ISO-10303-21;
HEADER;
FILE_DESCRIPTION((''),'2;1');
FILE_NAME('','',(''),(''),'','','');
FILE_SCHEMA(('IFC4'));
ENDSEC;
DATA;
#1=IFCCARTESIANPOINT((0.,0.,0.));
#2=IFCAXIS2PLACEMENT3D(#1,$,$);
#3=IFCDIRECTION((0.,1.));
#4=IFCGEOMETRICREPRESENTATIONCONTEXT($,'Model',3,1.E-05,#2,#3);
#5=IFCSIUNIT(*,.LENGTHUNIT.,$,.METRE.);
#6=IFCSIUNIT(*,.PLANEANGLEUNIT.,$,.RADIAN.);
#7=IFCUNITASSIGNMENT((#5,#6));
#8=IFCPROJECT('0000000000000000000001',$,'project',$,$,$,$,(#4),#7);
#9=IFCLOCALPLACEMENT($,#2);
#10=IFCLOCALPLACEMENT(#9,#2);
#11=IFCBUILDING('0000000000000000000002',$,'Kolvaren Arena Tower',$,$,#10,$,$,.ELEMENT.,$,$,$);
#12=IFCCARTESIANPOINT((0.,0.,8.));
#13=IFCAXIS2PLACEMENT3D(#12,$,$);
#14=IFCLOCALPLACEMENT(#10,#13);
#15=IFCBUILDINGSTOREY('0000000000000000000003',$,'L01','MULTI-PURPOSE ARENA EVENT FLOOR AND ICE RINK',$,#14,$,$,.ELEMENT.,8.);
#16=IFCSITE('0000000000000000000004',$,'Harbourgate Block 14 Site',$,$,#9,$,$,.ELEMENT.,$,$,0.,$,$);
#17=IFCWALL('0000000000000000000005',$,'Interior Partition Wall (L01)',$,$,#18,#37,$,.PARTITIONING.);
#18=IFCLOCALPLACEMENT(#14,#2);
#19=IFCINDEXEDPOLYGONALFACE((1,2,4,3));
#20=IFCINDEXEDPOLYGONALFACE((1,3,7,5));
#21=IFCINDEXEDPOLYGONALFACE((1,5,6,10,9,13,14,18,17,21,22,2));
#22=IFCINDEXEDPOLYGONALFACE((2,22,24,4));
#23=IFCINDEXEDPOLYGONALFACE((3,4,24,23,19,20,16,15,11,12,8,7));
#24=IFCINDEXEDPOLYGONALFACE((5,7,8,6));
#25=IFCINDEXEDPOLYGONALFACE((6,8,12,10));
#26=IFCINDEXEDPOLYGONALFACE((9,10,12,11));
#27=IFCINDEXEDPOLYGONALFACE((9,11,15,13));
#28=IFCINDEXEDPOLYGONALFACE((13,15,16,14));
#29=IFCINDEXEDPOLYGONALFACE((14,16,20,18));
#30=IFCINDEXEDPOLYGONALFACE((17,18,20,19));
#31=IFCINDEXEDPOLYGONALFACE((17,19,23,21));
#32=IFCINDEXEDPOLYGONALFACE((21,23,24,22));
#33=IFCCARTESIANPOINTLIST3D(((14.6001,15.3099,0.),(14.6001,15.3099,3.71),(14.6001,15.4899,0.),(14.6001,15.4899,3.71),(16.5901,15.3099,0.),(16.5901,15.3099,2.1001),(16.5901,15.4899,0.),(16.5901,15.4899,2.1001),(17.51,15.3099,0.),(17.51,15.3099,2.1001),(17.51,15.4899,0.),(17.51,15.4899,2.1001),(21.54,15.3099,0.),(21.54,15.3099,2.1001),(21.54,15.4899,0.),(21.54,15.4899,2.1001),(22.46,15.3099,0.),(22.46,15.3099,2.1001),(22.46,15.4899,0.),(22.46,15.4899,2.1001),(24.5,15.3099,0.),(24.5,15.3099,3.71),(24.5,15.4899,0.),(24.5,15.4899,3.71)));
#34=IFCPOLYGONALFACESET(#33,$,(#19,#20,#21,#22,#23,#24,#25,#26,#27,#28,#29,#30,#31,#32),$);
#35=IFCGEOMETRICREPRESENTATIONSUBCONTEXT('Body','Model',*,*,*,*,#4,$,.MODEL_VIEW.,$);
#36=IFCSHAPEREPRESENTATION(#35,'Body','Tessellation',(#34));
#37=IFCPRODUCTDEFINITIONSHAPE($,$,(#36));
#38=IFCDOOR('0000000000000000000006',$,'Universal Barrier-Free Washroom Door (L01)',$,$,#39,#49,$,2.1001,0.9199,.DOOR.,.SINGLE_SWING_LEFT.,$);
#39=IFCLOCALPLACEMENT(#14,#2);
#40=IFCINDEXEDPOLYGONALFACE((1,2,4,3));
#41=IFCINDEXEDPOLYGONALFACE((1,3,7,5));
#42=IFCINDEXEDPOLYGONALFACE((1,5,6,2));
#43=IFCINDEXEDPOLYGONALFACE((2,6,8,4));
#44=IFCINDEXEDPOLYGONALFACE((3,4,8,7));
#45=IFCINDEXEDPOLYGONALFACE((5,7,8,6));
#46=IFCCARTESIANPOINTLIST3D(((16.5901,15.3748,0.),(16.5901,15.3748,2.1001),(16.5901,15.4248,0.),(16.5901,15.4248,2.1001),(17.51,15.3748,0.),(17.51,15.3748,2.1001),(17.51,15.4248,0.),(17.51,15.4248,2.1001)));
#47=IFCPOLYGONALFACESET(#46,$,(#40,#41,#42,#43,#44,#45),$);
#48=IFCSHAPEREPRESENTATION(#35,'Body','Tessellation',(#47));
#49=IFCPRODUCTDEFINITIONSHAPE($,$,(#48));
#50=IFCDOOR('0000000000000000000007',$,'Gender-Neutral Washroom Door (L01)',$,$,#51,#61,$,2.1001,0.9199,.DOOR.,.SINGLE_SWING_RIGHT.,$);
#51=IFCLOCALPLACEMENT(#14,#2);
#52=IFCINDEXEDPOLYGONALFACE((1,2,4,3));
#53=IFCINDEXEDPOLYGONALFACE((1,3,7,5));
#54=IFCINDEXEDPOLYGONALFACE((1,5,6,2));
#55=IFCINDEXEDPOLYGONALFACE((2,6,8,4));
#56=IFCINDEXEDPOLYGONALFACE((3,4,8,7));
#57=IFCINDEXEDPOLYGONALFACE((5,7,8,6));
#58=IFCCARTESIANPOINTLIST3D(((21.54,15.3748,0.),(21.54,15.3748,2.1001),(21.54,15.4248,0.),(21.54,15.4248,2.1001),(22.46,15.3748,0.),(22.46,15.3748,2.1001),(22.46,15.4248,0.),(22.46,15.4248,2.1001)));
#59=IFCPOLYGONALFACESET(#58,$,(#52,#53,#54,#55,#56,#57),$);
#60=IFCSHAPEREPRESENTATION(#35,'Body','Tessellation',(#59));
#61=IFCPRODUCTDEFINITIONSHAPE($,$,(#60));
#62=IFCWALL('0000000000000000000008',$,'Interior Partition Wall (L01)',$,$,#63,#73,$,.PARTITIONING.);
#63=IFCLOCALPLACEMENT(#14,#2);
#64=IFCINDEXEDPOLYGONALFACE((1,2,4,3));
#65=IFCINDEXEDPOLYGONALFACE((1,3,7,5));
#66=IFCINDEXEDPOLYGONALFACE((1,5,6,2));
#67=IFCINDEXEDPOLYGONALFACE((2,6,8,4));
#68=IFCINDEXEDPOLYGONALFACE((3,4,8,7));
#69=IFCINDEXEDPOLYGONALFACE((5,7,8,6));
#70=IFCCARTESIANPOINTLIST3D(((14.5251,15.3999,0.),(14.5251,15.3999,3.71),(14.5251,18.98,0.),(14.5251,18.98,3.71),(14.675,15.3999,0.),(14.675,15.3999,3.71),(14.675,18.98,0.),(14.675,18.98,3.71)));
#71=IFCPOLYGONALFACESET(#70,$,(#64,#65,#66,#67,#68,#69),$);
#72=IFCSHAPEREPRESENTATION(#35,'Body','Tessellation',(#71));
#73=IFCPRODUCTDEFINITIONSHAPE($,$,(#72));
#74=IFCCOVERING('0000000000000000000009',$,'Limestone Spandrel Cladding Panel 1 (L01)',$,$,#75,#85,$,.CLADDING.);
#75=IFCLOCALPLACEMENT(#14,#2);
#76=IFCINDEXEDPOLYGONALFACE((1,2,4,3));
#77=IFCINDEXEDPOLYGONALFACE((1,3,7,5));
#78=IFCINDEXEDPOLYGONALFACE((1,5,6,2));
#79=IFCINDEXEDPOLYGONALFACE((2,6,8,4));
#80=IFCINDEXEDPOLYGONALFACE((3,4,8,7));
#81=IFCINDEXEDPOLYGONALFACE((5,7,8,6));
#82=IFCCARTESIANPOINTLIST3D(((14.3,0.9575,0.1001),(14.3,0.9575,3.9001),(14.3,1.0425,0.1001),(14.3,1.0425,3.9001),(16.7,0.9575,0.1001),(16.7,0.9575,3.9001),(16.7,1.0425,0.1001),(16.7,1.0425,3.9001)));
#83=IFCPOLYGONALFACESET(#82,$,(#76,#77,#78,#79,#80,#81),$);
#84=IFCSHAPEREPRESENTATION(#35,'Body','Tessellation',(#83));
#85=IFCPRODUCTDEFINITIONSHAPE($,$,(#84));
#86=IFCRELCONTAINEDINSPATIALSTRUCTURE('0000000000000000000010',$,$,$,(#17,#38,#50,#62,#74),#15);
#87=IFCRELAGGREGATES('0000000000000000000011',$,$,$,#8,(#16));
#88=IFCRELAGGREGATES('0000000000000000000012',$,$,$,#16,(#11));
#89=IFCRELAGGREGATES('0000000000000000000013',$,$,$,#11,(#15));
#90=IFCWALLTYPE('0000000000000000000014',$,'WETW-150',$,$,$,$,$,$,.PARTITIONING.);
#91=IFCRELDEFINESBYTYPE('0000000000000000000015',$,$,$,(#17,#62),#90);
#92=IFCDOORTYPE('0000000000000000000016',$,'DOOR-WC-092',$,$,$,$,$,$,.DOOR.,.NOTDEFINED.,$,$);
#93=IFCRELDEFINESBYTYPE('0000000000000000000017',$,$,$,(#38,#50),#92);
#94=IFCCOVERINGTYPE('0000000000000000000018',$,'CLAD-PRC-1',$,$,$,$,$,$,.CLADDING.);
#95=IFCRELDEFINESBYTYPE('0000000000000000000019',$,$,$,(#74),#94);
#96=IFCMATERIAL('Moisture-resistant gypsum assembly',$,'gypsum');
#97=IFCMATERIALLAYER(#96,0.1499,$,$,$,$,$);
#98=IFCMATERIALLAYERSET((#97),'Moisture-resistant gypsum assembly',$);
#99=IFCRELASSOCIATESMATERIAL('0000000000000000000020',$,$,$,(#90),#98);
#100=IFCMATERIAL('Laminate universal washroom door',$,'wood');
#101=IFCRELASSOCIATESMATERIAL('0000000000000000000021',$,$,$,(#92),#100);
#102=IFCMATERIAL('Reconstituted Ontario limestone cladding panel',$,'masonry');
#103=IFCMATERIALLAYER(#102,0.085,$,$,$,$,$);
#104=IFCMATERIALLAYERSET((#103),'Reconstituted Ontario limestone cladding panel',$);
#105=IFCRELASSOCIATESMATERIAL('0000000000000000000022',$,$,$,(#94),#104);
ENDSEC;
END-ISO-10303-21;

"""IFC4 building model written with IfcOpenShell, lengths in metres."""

from ifc_helpers import new_model, si_unit, direction, frame, frame_2d, origin, origin_2d, place, context, subcontext, project, spatial, rectangle, extrude, material, layer, layer_set, type_object, element, fill, save


model = new_model("IFC4")

# Units and contexts
model_context = context("Model", 3, precision=1e-05, world=origin(), true_north=direction((0.0, 1.0)))
body_context = subcontext(model_context, "Body", "Model", "MODEL_VIEW")
ifc_project = project(units=[si_unit("LENGTHUNIT", "METRE"), si_unit("PLANEANGLEUNIT", "RADIAN")], contexts=[model_context])

# Site, building, storey
site_placement = place(None, origin())
site = spatial("IfcSite", under=ifc_project, at=site_placement, Name="Harbourgate Block 14 Site", CompositionType="ELEMENT", RefElevation=0.0)
building_placement = place(site_placement, origin())
building = spatial("IfcBuilding", under=site, at=building_placement, Name="Kolvaren Arena Tower", CompositionType="ELEMENT")
storey_placement = place(building_placement, frame((0.0, 0.0, 8.0)))
storey = spatial("IfcBuildingStorey", under=building, at=storey_placement, Name="L01", Description="MULTI-PURPOSE ARENA EVENT FLOOR AND ICE RINK", CompositionType="ELEMENT", Elevation=8.0)

# Shared definitions
ifc_material_1 = material(Name="Moisture-resistant gypsum assembly", Category="gypsum")
ifc_layer_1 = layer(ifc_material_1, 0.1499)
ifc_layer_set_1 = layer_set([ifc_layer_1], Name="Moisture-resistant gypsum assembly")
wall_type_1 = type_object("IfcWallType", Name="WETW-150", PredefinedType="PARTITIONING", material=ifc_layer_set_1)

# Wall, openings, doors
wall_1_placement = place(storey_placement, frame((14.6001, 15.3999, 0.0), z_axis=(0.0, 0.0, 1.0), x_axis=(1.0, 0.0, 0.0)))
wall_1 = element("IfcWall", 1, at=wall_1_placement, inside=storey, type_object=wall_type_1, Name="Interior Partition Wall (L01)", PredefinedType="PARTITIONING", context=body_context, shape_type="SweptSolid", body=[
    extrude(rectangle(XDim=9.8999, YDim=0.1799, at=frame_2d((4.95, 0.0))), origin(), (0.0, 0.0, 1.0), 3.71),
])
opening_1_placement = place(wall_1_placement, frame((1.99, 0.0, 0.0)))
opening_1 = element("IfcOpeningElement", 2, at=opening_1_placement, cuts=wall_1, PredefinedType="OPENING", context=body_context, shape_type="SweptSolid", body=[
    extrude(rectangle(XDim=0.9199, YDim=2.1001, at=frame_2d((0.46, 1.05))), frame((0.0, 0.0999, 0.0), z_axis=(0.0, -1.0, 0.0), x_axis=(1.0, 0.0, 0.0)), (0.0, 0.0, 1.0), 0.2),
])
opening_2_placement = place(wall_1_placement, frame((6.9399, 0.0, 0.0)))
opening_2 = element("IfcOpeningElement", 3, at=opening_2_placement, cuts=wall_1, PredefinedType="OPENING", context=body_context, shape_type="SweptSolid", body=[
    extrude(rectangle(XDim=0.9199, YDim=2.1001, at=frame_2d((0.46, 1.05))), frame((0.0, 0.0999, 0.0), z_axis=(0.0, -1.0, 0.0), x_axis=(1.0, 0.0, 0.0)), (0.0, 0.0, 1.0), 0.2),
])
ifc_material_2 = material(Name="Laminate universal washroom door", Category="wood")
door_type_1 = type_object("IfcDoorType", Name="DOOR-WC-092", OperationType="NOTDEFINED", PredefinedType="DOOR", material=ifc_material_2)
door_1_placement = place(opening_1_placement, origin())
door_1 = element("IfcDoor", 4, at=door_1_placement, inside=storey, type_object=door_type_1, Name="Universal Barrier-Free Washroom Door (L01)", OperationType="SINGLE_SWING_LEFT", OverallHeight=2.1001, OverallWidth=0.9199, PredefinedType="DOOR", context=body_context, shape_type="SweptSolid", body=[
    extrude(rectangle(XDim=0.9199, YDim=2.1001, at=frame_2d((0.46, 1.05))), frame((0.0, 0.0249, 0.0), z_axis=(0.0, -1.0, 0.0), x_axis=(1.0, 0.0, 0.0)), (0.0, 0.0, 1.0), 0.05),
])
fill(opening_1, door_1)
door_2_placement = place(opening_2_placement, origin())
door_2 = element("IfcDoor", 5, at=door_2_placement, inside=storey, type_object=door_type_1, Name="Gender-Neutral Washroom Door (L01)", OperationType="SINGLE_SWING_RIGHT", OverallHeight=2.1001, OverallWidth=0.9199, PredefinedType="DOOR", context=body_context, shape_type="SweptSolid", body=[
    extrude(rectangle(XDim=0.9199, YDim=2.1001, at=frame_2d((0.46, 1.05))), frame((0.0, 0.0249, 0.0), z_axis=(0.0, -1.0, 0.0), x_axis=(1.0, 0.0, 0.0)), (0.0, 0.0, 1.0), 0.05),
])
fill(opening_2, door_2)

# Wall
wall_2_placement = place(storey_placement, frame((14.6001, 15.3999, 0.0), z_axis=(0.0, 0.0, 1.0), x_axis=(0.0, 1.0, 0.0)))
element("IfcWall", 6, at=wall_2_placement, inside=storey, type_object=wall_type_1, Name="Interior Partition Wall (L01)", PredefinedType="PARTITIONING", context=body_context, shape_type="SweptSolid", body=[
    extrude(rectangle(XDim=3.5801, YDim=0.1499, at=frame_2d((1.79, 0.0))), origin(), (0.0, 0.0, 1.0), 3.71),
])

# Covering
ifc_material_3 = material(Name="Reconstituted Ontario limestone cladding panel", Category="masonry")
ifc_layer_2 = layer(ifc_material_3, 0.085)
ifc_layer_set_2 = layer_set([ifc_layer_2], Name="Reconstituted Ontario limestone cladding panel")
covering_type = type_object("IfcCoveringType", Name="CLAD-PRC-1", PredefinedType="CLADDING", material=ifc_layer_set_2)
covering_placement = place(storey_placement, frame((15.5, 1.0, 0.1001), z_axis=(0.0, 0.0, 1.0), x_axis=(1.0, 0.0, 0.0)))
element("IfcCovering", 7, at=covering_placement, inside=storey, type_object=covering_type, Name="Limestone Spandrel Cladding Panel 1 (L01)", PredefinedType="CLADDING", context=body_context, shape_type="SweptSolid", body=[
    extrude(rectangle(XDim=2.3999, YDim=0.085, at=origin_2d()), origin(), (0.0, 0.0, 1.0), 3.8),
])

save(model, "model.ifc")
